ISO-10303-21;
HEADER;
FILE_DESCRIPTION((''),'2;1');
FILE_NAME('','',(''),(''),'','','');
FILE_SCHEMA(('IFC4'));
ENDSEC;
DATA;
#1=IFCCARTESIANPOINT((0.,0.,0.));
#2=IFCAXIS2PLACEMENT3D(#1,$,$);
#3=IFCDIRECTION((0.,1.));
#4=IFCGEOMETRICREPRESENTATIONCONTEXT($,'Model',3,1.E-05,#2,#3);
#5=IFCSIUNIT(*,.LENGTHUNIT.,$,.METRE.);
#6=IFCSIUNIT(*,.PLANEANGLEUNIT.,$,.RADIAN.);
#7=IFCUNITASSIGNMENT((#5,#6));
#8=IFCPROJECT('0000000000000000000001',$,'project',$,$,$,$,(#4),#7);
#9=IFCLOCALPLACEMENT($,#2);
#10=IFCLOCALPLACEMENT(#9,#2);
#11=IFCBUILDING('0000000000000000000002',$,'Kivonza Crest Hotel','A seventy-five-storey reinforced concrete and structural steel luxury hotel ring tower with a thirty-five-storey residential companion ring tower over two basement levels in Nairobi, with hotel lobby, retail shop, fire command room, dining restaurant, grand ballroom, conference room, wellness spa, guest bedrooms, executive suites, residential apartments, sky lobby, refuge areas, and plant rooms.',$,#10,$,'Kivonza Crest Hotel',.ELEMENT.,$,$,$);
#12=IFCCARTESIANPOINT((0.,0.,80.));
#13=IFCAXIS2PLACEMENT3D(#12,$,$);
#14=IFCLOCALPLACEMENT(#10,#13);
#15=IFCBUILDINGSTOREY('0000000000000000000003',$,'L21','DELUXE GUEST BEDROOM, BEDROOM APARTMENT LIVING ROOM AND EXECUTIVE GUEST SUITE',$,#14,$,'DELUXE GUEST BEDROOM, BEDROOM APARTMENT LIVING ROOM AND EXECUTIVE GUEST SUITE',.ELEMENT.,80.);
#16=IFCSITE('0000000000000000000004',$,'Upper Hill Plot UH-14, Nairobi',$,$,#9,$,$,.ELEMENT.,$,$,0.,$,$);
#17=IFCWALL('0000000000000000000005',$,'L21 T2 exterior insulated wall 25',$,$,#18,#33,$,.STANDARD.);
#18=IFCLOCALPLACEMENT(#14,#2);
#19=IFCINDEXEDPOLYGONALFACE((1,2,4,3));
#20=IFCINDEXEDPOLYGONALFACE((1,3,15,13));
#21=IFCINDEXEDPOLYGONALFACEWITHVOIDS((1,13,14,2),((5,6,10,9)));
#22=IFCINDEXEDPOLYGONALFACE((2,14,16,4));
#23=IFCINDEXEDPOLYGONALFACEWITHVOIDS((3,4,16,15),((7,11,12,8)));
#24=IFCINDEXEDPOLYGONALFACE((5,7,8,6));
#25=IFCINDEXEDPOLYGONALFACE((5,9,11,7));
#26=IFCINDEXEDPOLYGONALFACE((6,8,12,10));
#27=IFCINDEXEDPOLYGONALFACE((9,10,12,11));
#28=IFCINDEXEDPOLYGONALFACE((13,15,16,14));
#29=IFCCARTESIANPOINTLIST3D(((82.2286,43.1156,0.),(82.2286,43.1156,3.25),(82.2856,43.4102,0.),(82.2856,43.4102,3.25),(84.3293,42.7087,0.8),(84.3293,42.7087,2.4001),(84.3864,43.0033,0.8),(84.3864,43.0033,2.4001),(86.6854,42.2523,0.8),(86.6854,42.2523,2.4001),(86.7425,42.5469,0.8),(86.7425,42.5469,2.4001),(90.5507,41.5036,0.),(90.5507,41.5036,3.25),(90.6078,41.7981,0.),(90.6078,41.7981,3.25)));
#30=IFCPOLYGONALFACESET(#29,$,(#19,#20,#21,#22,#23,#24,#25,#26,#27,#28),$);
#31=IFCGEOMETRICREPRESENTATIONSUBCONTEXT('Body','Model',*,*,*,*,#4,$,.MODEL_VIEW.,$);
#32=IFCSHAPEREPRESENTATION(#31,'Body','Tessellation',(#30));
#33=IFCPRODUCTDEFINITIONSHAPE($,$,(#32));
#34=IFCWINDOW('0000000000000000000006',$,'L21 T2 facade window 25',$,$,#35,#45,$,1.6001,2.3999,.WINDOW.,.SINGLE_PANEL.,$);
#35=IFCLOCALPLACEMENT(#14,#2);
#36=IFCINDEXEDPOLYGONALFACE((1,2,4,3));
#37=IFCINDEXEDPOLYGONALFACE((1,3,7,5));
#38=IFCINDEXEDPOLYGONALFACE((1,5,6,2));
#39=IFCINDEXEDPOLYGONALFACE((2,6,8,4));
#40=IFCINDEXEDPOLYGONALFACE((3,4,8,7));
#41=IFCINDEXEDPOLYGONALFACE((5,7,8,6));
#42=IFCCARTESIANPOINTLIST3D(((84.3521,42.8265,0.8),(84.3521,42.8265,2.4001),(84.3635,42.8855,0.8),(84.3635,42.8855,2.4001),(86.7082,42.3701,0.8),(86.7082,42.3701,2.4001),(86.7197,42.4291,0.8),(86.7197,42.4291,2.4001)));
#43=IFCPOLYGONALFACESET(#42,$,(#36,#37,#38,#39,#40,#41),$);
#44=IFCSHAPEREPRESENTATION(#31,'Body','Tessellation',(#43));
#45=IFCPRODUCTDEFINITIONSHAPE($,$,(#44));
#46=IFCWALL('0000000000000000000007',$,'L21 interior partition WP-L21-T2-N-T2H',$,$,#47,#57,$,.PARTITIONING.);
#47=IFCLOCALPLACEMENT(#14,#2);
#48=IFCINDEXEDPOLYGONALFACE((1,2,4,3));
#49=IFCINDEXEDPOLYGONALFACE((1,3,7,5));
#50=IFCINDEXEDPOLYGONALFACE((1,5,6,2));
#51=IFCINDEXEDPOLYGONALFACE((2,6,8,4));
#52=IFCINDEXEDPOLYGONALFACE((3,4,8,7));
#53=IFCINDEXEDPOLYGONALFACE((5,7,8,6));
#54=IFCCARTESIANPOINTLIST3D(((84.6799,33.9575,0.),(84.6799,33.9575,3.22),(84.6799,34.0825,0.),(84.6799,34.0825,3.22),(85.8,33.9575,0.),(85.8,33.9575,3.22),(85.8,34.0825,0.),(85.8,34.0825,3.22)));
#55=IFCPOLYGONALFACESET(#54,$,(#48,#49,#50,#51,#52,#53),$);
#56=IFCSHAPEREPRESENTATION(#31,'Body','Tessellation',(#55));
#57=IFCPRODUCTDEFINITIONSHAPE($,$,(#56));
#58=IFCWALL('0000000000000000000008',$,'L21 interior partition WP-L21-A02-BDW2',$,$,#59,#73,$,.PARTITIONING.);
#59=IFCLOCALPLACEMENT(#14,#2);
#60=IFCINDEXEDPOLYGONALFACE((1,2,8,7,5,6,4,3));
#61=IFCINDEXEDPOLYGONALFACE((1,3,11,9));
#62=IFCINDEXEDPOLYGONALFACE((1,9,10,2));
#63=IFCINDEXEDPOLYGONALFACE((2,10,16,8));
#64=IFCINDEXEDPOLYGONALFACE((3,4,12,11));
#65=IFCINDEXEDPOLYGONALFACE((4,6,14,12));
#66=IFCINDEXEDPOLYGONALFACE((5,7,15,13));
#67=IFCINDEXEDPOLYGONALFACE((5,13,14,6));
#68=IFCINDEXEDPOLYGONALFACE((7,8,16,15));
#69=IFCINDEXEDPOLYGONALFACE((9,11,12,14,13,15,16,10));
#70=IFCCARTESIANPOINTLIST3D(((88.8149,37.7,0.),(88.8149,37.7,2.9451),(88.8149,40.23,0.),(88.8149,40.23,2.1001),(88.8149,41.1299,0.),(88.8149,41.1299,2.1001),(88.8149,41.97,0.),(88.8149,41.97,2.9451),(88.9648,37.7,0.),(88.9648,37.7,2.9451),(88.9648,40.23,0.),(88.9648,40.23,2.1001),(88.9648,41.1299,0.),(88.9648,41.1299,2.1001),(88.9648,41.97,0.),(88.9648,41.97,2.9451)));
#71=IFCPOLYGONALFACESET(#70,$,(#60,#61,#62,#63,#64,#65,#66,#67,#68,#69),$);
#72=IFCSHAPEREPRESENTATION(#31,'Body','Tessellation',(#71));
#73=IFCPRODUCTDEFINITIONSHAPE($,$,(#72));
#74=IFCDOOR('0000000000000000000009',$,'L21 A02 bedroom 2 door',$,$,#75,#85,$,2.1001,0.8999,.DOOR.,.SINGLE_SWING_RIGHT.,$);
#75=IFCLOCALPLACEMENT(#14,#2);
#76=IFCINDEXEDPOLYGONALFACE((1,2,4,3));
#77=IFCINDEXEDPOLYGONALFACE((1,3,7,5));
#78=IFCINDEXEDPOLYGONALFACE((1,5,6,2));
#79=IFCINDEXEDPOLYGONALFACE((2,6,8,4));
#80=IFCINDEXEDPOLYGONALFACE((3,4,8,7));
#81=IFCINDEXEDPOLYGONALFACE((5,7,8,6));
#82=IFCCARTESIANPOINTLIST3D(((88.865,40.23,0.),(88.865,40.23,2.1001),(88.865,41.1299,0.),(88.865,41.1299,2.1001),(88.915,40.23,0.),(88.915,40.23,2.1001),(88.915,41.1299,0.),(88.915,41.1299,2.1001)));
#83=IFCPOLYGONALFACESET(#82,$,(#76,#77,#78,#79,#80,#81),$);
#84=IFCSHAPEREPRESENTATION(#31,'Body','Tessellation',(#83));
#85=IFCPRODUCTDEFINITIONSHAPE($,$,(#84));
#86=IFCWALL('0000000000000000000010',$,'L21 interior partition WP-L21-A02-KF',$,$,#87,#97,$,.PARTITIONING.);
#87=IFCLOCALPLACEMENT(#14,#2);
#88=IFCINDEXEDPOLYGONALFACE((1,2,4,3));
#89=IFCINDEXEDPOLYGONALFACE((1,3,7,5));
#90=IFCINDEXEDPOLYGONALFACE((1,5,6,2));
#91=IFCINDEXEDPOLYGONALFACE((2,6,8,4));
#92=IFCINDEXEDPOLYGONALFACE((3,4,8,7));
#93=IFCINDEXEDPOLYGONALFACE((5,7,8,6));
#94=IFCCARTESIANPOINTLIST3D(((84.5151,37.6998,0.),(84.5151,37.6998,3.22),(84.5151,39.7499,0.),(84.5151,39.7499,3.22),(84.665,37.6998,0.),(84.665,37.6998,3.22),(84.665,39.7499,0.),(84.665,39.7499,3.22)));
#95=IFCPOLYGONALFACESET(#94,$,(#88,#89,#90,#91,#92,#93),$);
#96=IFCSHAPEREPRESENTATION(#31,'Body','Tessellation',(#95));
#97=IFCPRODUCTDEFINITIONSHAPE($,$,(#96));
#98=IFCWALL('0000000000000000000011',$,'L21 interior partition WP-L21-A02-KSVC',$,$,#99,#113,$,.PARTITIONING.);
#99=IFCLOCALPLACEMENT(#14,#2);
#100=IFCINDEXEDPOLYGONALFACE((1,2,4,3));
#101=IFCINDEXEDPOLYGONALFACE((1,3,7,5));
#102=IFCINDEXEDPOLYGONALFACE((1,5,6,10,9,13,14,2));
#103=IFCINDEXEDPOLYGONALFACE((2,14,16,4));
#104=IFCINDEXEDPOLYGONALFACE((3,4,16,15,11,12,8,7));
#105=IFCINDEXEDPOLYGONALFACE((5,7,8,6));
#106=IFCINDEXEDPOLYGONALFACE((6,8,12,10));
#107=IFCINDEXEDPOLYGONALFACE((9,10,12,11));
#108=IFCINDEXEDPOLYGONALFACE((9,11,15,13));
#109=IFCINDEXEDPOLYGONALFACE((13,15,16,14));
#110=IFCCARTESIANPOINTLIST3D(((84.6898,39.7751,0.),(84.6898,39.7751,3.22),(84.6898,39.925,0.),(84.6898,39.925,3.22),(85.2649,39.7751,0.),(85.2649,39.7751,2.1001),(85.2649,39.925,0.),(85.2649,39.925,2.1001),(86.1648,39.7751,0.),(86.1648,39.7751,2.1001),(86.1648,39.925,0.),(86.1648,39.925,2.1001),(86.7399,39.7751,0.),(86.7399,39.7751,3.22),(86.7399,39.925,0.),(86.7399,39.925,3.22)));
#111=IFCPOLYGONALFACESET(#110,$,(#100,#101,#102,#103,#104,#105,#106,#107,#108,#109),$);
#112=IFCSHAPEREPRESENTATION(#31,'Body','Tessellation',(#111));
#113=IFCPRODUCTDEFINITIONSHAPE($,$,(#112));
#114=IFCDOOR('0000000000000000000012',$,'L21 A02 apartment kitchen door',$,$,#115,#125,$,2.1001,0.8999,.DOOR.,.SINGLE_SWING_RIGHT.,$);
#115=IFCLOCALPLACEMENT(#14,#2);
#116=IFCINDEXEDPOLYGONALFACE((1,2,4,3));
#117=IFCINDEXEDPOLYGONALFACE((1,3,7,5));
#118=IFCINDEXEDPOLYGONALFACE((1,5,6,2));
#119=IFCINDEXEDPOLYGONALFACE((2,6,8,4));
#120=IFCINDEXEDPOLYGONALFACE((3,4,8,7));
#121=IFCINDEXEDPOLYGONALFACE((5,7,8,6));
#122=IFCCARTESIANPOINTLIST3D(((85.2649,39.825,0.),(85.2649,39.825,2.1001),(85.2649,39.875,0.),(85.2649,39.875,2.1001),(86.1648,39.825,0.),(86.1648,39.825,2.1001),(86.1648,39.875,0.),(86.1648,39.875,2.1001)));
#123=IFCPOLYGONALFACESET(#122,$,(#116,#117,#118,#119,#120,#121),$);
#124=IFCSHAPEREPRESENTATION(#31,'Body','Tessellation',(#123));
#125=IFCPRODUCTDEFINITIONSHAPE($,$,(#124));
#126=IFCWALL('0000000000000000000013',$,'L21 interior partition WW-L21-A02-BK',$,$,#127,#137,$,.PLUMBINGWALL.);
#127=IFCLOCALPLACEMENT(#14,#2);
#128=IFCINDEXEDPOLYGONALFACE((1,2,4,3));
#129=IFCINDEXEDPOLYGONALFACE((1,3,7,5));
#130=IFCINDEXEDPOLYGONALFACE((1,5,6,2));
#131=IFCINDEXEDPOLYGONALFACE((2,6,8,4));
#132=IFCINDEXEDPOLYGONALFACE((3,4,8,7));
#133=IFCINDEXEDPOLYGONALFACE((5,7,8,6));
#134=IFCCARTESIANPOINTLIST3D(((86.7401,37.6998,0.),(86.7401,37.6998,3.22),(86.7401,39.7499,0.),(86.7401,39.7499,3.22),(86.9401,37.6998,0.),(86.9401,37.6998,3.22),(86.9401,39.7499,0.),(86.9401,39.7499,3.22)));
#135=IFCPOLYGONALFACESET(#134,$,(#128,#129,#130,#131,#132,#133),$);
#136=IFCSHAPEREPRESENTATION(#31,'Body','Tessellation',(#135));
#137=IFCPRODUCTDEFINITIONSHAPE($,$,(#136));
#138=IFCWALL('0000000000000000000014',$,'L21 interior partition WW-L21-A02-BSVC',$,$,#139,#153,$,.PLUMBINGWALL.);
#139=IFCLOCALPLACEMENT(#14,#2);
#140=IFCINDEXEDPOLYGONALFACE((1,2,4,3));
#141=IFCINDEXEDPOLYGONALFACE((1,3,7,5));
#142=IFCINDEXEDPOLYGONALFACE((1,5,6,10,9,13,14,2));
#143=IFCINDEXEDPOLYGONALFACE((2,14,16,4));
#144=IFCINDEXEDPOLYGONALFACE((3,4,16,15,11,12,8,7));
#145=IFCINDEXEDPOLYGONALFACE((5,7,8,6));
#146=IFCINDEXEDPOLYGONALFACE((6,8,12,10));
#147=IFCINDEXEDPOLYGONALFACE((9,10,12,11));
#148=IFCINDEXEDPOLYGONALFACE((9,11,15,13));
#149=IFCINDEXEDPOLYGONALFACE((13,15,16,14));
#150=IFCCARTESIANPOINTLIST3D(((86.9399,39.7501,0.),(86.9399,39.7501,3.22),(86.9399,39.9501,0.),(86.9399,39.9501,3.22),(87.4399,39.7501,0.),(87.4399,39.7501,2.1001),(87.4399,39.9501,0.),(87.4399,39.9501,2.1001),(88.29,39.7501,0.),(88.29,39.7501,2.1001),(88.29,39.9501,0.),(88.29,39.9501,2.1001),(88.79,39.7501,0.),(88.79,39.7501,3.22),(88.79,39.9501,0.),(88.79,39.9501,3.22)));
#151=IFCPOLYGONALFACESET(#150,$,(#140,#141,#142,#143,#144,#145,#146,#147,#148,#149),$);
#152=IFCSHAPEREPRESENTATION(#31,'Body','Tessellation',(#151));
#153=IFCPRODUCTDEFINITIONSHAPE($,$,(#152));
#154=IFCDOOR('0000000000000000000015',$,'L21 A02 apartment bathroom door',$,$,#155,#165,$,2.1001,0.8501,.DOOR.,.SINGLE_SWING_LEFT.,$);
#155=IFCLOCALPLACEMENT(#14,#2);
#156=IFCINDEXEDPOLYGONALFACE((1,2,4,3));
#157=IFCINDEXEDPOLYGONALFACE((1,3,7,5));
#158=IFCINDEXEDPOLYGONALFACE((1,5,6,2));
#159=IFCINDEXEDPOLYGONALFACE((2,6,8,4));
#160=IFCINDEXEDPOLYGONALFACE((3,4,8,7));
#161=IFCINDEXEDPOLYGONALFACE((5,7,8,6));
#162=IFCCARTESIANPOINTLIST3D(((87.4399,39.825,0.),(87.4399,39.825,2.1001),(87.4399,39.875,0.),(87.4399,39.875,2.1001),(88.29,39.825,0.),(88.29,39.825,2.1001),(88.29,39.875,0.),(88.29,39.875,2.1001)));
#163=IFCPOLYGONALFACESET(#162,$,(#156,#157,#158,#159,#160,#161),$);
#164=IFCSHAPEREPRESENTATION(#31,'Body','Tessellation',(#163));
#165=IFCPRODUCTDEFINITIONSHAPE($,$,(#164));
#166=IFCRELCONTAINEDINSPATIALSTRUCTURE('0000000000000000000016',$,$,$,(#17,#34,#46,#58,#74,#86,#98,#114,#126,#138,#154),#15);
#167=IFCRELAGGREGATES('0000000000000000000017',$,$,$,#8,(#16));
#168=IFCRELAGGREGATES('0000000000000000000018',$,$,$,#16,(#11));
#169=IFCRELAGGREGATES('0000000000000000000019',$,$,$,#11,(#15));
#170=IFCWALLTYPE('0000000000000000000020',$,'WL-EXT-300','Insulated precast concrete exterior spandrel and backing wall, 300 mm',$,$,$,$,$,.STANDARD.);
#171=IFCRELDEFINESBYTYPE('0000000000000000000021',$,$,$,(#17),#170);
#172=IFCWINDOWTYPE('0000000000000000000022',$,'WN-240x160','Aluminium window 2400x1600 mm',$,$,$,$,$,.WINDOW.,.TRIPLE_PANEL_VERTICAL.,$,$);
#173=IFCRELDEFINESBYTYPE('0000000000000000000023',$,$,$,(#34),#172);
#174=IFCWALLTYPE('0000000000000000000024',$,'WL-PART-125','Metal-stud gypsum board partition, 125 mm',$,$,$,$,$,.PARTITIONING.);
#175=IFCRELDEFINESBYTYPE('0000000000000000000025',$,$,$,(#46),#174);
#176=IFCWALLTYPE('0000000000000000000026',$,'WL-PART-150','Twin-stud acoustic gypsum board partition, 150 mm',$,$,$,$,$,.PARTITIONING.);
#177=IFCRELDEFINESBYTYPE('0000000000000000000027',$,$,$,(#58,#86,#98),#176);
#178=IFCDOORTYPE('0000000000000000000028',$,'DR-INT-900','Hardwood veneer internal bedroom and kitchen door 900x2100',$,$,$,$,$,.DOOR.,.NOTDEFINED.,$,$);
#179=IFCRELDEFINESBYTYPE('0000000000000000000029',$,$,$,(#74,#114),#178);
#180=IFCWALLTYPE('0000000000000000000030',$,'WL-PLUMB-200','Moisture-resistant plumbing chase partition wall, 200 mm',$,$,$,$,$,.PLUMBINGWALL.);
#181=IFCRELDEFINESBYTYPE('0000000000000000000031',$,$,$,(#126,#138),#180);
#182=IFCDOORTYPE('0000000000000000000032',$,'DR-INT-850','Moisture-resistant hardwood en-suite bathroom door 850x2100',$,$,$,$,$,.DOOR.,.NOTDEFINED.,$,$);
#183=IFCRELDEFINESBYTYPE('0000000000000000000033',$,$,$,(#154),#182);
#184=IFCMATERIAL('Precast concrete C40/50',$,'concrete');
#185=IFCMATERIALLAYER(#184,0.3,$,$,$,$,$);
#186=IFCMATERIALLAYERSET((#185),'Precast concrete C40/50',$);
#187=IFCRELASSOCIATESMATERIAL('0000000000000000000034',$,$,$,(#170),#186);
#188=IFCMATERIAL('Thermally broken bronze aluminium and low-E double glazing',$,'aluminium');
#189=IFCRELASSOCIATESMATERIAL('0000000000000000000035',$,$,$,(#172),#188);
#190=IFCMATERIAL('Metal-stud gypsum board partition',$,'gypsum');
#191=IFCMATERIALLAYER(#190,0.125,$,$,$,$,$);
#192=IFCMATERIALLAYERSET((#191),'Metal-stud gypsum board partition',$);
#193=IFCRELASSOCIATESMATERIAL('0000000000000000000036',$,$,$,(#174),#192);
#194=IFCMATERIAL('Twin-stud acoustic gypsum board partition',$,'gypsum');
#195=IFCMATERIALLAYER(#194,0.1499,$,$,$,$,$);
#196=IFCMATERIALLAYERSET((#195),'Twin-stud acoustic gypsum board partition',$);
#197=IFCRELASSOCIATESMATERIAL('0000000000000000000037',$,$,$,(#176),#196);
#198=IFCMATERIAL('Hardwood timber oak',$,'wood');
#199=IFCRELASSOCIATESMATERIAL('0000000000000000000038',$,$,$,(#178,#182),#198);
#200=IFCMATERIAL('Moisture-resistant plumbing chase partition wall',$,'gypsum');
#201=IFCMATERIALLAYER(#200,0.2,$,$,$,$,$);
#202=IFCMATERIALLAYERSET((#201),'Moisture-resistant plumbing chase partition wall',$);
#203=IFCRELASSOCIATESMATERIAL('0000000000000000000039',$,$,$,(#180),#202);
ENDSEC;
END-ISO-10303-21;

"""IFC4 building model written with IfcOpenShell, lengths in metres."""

from ifc_helpers import new_model, si_unit, direction, frame, frame_2d, origin, place, context, subcontext, project, spatial, rectangle, extrude, material, layer, layer_set, type_object, element, fill, save


model = new_model("IFC4")

# Units and contexts
model_context = context("Model", 3, precision=1e-05, world=origin(), true_north=direction((0.0, 1.0)))
body_context = subcontext(model_context, "Body", "Model", "MODEL_VIEW")
ifc_project = project(units=[si_unit("LENGTHUNIT", "METRE"), si_unit("PLANEANGLEUNIT", "RADIAN")], contexts=[model_context])

# Site, building, storey
site_placement = place(None, origin())
site = spatial("IfcSite", under=ifc_project, at=site_placement, Name="Upper Hill Plot UH-14, Nairobi", CompositionType="ELEMENT", RefElevation=0.0)
building_placement = place(site_placement, origin())
building = spatial("IfcBuilding", under=site, at=building_placement, Name="Kivonza Crest Hotel", Description="A seventy-five-storey reinforced concrete and structural steel luxury hotel ring tower with a thirty-five-storey residential companion ring tower over two basement levels in Nairobi, with hotel lobby, retail shop, fire command room, dining restaurant, grand ballroom, conference room, wellness spa, guest bedrooms, executive suites, residential apartments, sky lobby, refuge areas, and plant rooms.", LongName="Kivonza Crest Hotel", CompositionType="ELEMENT")
storey_placement = place(building_placement, frame((0.0, 0.0, 80.0)))
storey = spatial("IfcBuildingStorey", under=building, at=storey_placement, Name="L21", Description="DELUXE GUEST BEDROOM, BEDROOM APARTMENT LIVING ROOM AND EXECUTIVE GUEST SUITE", LongName="DELUXE GUEST BEDROOM, BEDROOM APARTMENT LIVING ROOM AND EXECUTIVE GUEST SUITE", CompositionType="ELEMENT", Elevation=80.0)

# Shared definitions
ifc_material_1 = material(Name="Precast concrete C40/50", Category="concrete")
ifc_layer_1 = layer(ifc_material_1, 0.3)
ifc_layer_set_1 = layer_set([ifc_layer_1], Name="Precast concrete C40/50")
wall_type_1 = type_object("IfcWallType", Name="WL-EXT-300", Description="Insulated precast concrete exterior spandrel and backing wall, 300 mm", PredefinedType="STANDARD", material=ifc_layer_set_1)

# Shared definitions
ifc_material_2 = material(Name="Thermally broken bronze aluminium and low-E double glazing", Category="aluminium")

# Wall, opening, window
wall_1_placement = place(storey_placement, frame((90.5791, 41.6509, 0.0), z_axis=(0.0, 0.0, 1.0), x_axis=(-0.98175, 0.190175, 0.0)))
wall_1 = element("IfcWall", 1, at=wall_1_placement, inside=storey, type_object=wall_type_1, Name="L21 T2 exterior insulated wall 25", PredefinedType="STANDARD", context=body_context, shape_type="SweptSolid", body=[
    extrude(rectangle(XDim=8.4768, YDim=0.3, at=frame_2d((4.2383, 0.0))), origin(), (0.0, 0.0, 1.0), 3.25),
])
opening_1_placement = place(wall_1_placement, frame((3.937, 0.0, 0.8)))
opening_1 = element("IfcOpeningElement", 2, at=opening_1_placement, cuts=wall_1, PredefinedType="OPENING", context=body_context, shape_type="SweptSolid", body=[
    extrude(rectangle(XDim=2.3999, YDim=1.6001, at=frame_2d((1.2, 0.8))), frame((0.0, 0.1602, 0.0), z_axis=(0.0, -1.0, 0.0), x_axis=(1.0, 0.0, 0.0)), (0.0, 0.0, 1.0), 0.3201),
])
window_type_1 = type_object("IfcWindowType", Name="WN-240x160", Description="Aluminium window 2400x1600 mm", PartitioningType="TRIPLE_PANEL_VERTICAL", PredefinedType="WINDOW", material=ifc_material_2)
window_1_placement = place(opening_1_placement, origin())
window_1 = element("IfcWindow", 3, at=window_1_placement, inside=storey, type_object=window_type_1, Name="L21 T2 facade window 25", OverallHeight=1.6001, OverallWidth=2.3999, PartitioningType="SINGLE_PANEL", PredefinedType="WINDOW", context=body_context, shape_type="SweptSolid", body=[
    extrude(rectangle(XDim=2.3999, YDim=1.6001, at=frame_2d((1.2, 0.8))), frame((0.0, 0.03, 0.0), z_axis=(0.0, -1.0, 0.0), x_axis=(1.0, 0.0, 0.0)), (0.0, 0.0, 1.0), 0.0601),
])
fill(opening_1, window_1)

# Wall
ifc_material_3 = material(Name="Metal-stud gypsum board partition", Category="gypsum")
ifc_layer_2 = layer(ifc_material_3, 0.125)
ifc_layer_set_2 = layer_set([ifc_layer_2], Name="Metal-stud gypsum board partition")
wall_type_2 = type_object("IfcWallType", Name="WL-PART-125", Description="Metal-stud gypsum board partition, 125 mm", PredefinedType="PARTITIONING", material=ifc_layer_set_2)
wall_2_placement = place(storey_placement, frame((84.6799, 34.02, 0.0), z_axis=(0.0, 0.0, 1.0), x_axis=(1.0, 0.0, 0.0)))
element("IfcWall", 4, at=wall_2_placement, inside=storey, type_object=wall_type_2, Name="L21 interior partition WP-L21-T2-N-T2H", PredefinedType="PARTITIONING", context=body_context, shape_type="SweptSolid", body=[
    extrude(rectangle(XDim=1.1201, YDim=0.125, at=frame_2d((0.5601, 0.0))), origin(), (0.0, 0.0, 1.0), 3.22),
])

# Wall, opening, door
ifc_material_4 = material(Name="Twin-stud acoustic gypsum board partition", Category="gypsum")
ifc_layer_3 = layer(ifc_material_4, 0.1499)
ifc_layer_set_3 = layer_set([ifc_layer_3], Name="Twin-stud acoustic gypsum board partition")
wall_type_3 = type_object("IfcWallType", Name="WL-PART-150", Description="Twin-stud acoustic gypsum board partition, 150 mm", PredefinedType="PARTITIONING", material=ifc_layer_set_3)
wall_3_placement = place(storey_placement, frame((88.8899, 37.7, 0.0), z_axis=(0.0, 0.0, 1.0), x_axis=(0.0, 1.0, 0.0)))
wall_3 = element("IfcWall", 5, at=wall_3_placement, inside=storey, type_object=wall_type_3, Name="L21 interior partition WP-L21-A02-BDW2", PredefinedType="PARTITIONING", context=body_context, shape_type="SweptSolid", body=[
    extrude(rectangle(XDim=4.27, YDim=0.1499, at=frame_2d((2.135, 0.0))), origin(), (0.0, 0.0, 1.0), 2.9451),
])
opening_2_placement = place(wall_3_placement, frame((2.53, 0.0, 0.0)))
opening_2 = element("IfcOpeningElement", 6, at=opening_2_placement, cuts=wall_3, PredefinedType="OPENING", context=body_context, shape_type="SweptSolid", body=[
    extrude(rectangle(XDim=0.8999, YDim=2.1001, at=frame_2d((0.45, 1.05))), frame((0.0, 0.085, 0.0), z_axis=(0.0, -1.0, 0.0), x_axis=(1.0, 0.0, 0.0)), (0.0, 0.0, 1.0), 0.1699),
])
ifc_material_5 = material(Name="Hardwood timber oak", Category="wood")
door_type_1 = type_object("IfcDoorType", Name="DR-INT-900", Description="Hardwood veneer internal bedroom and kitchen door 900x2100", OperationType="NOTDEFINED", PredefinedType="DOOR", material=ifc_material_5)
door_1_placement = place(opening_2_placement, origin())
door_1 = element("IfcDoor", 7, at=door_1_placement, inside=storey, type_object=door_type_1, Name="L21 A02 bedroom 2 door", OperationType="SINGLE_SWING_RIGHT", OverallHeight=2.1001, OverallWidth=0.8999, PredefinedType="DOOR", context=body_context, shape_type="SweptSolid", body=[
    extrude(rectangle(XDim=0.8999, YDim=2.1001, at=frame_2d((0.45, 1.05))), frame((0.0, 0.0249, 0.0), z_axis=(0.0, -1.0, 0.0), x_axis=(1.0, 0.0, 0.0)), (0.0, 0.0, 1.0), 0.05),
])
fill(opening_2, door_1)

# Wall
wall_4_placement = place(storey_placement, frame((84.5901, 37.7, 0.0), z_axis=(0.0, 0.0, 1.0), x_axis=(0.0, 1.0, 0.0)))
element("IfcWall", 8, at=wall_4_placement, inside=storey, type_object=wall_type_3, Name="L21 interior partition WP-L21-A02-KF", PredefinedType="PARTITIONING", context=body_context, shape_type="SweptSolid", body=[
    extrude(rectangle(XDim=2.05, YDim=0.1499, at=frame_2d((1.0249, 0.0))), origin(), (0.0, 0.0, 1.0), 3.22),
])

# Wall, opening, door
wall_5_placement = place(storey_placement, frame((84.6899, 39.8501, 0.0), z_axis=(0.0, 0.0, 1.0), x_axis=(1.0, 0.0, 0.0)))
wall_5 = element("IfcWall", 9, at=wall_5_placement, inside=storey, type_object=wall_type_3, Name="L21 interior partition WP-L21-A02-KSVC", PredefinedType="PARTITIONING", context=body_context, shape_type="SweptSolid", body=[
    extrude(rectangle(XDim=2.05, YDim=0.1499, at=frame_2d((1.0249, 0.0))), origin(), (0.0, 0.0, 1.0), 3.22),
])
opening_3_placement = place(wall_5_placement, frame((0.575, 0.0, 0.0)))
opening_3 = element("IfcOpeningElement", 10, at=opening_3_placement, cuts=wall_5, PredefinedType="OPENING", context=body_context, shape_type="SweptSolid", body=[
    extrude(rectangle(XDim=0.8999, YDim=2.1001, at=frame_2d((0.45, 1.05))), frame((0.0, 0.085, 0.0), z_axis=(0.0, -1.0, 0.0), x_axis=(1.0, 0.0, 0.0)), (0.0, 0.0, 1.0), 0.1699),
])
door_2_placement = place(opening_3_placement, origin())
door_2 = element("IfcDoor", 11, at=door_2_placement, inside=storey, type_object=door_type_1, Name="L21 A02 apartment kitchen door", OperationType="SINGLE_SWING_RIGHT", OverallHeight=2.1001, OverallWidth=0.8999, PredefinedType="DOOR", context=body_context, shape_type="SweptSolid", body=[
    extrude(rectangle(XDim=0.8999, YDim=2.1001, at=frame_2d((0.45, 1.05))), frame((0.0, 0.0249, 0.0), z_axis=(0.0, -1.0, 0.0), x_axis=(1.0, 0.0, 0.0)), (0.0, 0.0, 1.0), 0.05),
])
fill(opening_3, door_2)

# Wall
ifc_material_6 = material(Name="Moisture-resistant plumbing chase partition wall", Category="gypsum")
ifc_layer_4 = layer(ifc_material_6, 0.2)
ifc_layer_set_4 = layer_set([ifc_layer_4], Name="Moisture-resistant plumbing chase partition wall")
wall_type_4 = type_object("IfcWallType", Name="WL-PLUMB-200", Description="Moisture-resistant plumbing chase partition wall, 200 mm", PredefinedType="PLUMBINGWALL", material=ifc_layer_set_4)
wall_6_placement = place(storey_placement, frame((86.8401, 37.7, 0.0), z_axis=(0.0, 0.0, 1.0), x_axis=(0.0, 1.0, 0.0)))
element("IfcWall", 12, at=wall_6_placement, inside=storey, type_object=wall_type_4, Name="L21 interior partition WW-L21-A02-BK", PredefinedType="PLUMBINGWALL", context=body_context, shape_type="SweptSolid", body=[
    extrude(rectangle(XDim=2.05, YDim=0.2, at=frame_2d((1.0249, 0.0))), origin(), (0.0, 0.0, 1.0), 3.22),
])

# Wall, opening, door
wall_7_placement = place(storey_placement, frame((86.9399, 39.8501, 0.0), z_axis=(0.0, 0.0, 1.0), x_axis=(1.0, 0.0, 0.0)))
wall_7 = element("IfcWall", 13, at=wall_7_placement, inside=storey, type_object=wall_type_4, Name="L21 interior partition WW-L21-A02-BSVC", PredefinedType="PLUMBINGWALL", context=body_context, shape_type="SweptSolid", body=[
    extrude(rectangle(XDim=1.8501, YDim=0.2, at=frame_2d((0.925, 0.0))), origin(), (0.0, 0.0, 1.0), 3.22),
])
opening_4_placement = place(wall_7_placement, frame((0.5, 0.0, 0.0)))
opening_4 = element("IfcOpeningElement", 14, at=opening_4_placement, cuts=wall_7, PredefinedType="OPENING", context=body_context, shape_type="SweptSolid", body=[
    extrude(rectangle(XDim=0.8501, YDim=2.1001, at=frame_2d((0.425, 1.05))), frame((0.0, 0.1099, 0.0), z_axis=(0.0, -1.0, 0.0), x_axis=(1.0, 0.0, 0.0)), (0.0, 0.0, 1.0), 0.22),
])
door_type_2 = type_object("IfcDoorType", Name="DR-INT-850", Description="Moisture-resistant hardwood en-suite bathroom door 850x2100", OperationType="NOTDEFINED", PredefinedType="DOOR", material=ifc_material_5)
door_3_placement = place(opening_4_placement, origin())
door_3 = element("IfcDoor", 15, at=door_3_placement, inside=storey, type_object=door_type_2, Name="L21 A02 apartment bathroom door", OperationType="SINGLE_SWING_LEFT", OverallHeight=2.1001, OverallWidth=0.8501, PredefinedType="DOOR", context=body_context, shape_type="SweptSolid", body=[
    extrude(rectangle(XDim=0.8501, YDim=2.1001, at=frame_2d((0.425, 1.05))), frame((0.0, 0.0249, 0.0), z_axis=(0.0, -1.0, 0.0), x_axis=(1.0, 0.0, 0.0)), (0.0, 0.0, 1.0), 0.05),
])
fill(opening_4, door_3)

save(model, "model.ifc")
